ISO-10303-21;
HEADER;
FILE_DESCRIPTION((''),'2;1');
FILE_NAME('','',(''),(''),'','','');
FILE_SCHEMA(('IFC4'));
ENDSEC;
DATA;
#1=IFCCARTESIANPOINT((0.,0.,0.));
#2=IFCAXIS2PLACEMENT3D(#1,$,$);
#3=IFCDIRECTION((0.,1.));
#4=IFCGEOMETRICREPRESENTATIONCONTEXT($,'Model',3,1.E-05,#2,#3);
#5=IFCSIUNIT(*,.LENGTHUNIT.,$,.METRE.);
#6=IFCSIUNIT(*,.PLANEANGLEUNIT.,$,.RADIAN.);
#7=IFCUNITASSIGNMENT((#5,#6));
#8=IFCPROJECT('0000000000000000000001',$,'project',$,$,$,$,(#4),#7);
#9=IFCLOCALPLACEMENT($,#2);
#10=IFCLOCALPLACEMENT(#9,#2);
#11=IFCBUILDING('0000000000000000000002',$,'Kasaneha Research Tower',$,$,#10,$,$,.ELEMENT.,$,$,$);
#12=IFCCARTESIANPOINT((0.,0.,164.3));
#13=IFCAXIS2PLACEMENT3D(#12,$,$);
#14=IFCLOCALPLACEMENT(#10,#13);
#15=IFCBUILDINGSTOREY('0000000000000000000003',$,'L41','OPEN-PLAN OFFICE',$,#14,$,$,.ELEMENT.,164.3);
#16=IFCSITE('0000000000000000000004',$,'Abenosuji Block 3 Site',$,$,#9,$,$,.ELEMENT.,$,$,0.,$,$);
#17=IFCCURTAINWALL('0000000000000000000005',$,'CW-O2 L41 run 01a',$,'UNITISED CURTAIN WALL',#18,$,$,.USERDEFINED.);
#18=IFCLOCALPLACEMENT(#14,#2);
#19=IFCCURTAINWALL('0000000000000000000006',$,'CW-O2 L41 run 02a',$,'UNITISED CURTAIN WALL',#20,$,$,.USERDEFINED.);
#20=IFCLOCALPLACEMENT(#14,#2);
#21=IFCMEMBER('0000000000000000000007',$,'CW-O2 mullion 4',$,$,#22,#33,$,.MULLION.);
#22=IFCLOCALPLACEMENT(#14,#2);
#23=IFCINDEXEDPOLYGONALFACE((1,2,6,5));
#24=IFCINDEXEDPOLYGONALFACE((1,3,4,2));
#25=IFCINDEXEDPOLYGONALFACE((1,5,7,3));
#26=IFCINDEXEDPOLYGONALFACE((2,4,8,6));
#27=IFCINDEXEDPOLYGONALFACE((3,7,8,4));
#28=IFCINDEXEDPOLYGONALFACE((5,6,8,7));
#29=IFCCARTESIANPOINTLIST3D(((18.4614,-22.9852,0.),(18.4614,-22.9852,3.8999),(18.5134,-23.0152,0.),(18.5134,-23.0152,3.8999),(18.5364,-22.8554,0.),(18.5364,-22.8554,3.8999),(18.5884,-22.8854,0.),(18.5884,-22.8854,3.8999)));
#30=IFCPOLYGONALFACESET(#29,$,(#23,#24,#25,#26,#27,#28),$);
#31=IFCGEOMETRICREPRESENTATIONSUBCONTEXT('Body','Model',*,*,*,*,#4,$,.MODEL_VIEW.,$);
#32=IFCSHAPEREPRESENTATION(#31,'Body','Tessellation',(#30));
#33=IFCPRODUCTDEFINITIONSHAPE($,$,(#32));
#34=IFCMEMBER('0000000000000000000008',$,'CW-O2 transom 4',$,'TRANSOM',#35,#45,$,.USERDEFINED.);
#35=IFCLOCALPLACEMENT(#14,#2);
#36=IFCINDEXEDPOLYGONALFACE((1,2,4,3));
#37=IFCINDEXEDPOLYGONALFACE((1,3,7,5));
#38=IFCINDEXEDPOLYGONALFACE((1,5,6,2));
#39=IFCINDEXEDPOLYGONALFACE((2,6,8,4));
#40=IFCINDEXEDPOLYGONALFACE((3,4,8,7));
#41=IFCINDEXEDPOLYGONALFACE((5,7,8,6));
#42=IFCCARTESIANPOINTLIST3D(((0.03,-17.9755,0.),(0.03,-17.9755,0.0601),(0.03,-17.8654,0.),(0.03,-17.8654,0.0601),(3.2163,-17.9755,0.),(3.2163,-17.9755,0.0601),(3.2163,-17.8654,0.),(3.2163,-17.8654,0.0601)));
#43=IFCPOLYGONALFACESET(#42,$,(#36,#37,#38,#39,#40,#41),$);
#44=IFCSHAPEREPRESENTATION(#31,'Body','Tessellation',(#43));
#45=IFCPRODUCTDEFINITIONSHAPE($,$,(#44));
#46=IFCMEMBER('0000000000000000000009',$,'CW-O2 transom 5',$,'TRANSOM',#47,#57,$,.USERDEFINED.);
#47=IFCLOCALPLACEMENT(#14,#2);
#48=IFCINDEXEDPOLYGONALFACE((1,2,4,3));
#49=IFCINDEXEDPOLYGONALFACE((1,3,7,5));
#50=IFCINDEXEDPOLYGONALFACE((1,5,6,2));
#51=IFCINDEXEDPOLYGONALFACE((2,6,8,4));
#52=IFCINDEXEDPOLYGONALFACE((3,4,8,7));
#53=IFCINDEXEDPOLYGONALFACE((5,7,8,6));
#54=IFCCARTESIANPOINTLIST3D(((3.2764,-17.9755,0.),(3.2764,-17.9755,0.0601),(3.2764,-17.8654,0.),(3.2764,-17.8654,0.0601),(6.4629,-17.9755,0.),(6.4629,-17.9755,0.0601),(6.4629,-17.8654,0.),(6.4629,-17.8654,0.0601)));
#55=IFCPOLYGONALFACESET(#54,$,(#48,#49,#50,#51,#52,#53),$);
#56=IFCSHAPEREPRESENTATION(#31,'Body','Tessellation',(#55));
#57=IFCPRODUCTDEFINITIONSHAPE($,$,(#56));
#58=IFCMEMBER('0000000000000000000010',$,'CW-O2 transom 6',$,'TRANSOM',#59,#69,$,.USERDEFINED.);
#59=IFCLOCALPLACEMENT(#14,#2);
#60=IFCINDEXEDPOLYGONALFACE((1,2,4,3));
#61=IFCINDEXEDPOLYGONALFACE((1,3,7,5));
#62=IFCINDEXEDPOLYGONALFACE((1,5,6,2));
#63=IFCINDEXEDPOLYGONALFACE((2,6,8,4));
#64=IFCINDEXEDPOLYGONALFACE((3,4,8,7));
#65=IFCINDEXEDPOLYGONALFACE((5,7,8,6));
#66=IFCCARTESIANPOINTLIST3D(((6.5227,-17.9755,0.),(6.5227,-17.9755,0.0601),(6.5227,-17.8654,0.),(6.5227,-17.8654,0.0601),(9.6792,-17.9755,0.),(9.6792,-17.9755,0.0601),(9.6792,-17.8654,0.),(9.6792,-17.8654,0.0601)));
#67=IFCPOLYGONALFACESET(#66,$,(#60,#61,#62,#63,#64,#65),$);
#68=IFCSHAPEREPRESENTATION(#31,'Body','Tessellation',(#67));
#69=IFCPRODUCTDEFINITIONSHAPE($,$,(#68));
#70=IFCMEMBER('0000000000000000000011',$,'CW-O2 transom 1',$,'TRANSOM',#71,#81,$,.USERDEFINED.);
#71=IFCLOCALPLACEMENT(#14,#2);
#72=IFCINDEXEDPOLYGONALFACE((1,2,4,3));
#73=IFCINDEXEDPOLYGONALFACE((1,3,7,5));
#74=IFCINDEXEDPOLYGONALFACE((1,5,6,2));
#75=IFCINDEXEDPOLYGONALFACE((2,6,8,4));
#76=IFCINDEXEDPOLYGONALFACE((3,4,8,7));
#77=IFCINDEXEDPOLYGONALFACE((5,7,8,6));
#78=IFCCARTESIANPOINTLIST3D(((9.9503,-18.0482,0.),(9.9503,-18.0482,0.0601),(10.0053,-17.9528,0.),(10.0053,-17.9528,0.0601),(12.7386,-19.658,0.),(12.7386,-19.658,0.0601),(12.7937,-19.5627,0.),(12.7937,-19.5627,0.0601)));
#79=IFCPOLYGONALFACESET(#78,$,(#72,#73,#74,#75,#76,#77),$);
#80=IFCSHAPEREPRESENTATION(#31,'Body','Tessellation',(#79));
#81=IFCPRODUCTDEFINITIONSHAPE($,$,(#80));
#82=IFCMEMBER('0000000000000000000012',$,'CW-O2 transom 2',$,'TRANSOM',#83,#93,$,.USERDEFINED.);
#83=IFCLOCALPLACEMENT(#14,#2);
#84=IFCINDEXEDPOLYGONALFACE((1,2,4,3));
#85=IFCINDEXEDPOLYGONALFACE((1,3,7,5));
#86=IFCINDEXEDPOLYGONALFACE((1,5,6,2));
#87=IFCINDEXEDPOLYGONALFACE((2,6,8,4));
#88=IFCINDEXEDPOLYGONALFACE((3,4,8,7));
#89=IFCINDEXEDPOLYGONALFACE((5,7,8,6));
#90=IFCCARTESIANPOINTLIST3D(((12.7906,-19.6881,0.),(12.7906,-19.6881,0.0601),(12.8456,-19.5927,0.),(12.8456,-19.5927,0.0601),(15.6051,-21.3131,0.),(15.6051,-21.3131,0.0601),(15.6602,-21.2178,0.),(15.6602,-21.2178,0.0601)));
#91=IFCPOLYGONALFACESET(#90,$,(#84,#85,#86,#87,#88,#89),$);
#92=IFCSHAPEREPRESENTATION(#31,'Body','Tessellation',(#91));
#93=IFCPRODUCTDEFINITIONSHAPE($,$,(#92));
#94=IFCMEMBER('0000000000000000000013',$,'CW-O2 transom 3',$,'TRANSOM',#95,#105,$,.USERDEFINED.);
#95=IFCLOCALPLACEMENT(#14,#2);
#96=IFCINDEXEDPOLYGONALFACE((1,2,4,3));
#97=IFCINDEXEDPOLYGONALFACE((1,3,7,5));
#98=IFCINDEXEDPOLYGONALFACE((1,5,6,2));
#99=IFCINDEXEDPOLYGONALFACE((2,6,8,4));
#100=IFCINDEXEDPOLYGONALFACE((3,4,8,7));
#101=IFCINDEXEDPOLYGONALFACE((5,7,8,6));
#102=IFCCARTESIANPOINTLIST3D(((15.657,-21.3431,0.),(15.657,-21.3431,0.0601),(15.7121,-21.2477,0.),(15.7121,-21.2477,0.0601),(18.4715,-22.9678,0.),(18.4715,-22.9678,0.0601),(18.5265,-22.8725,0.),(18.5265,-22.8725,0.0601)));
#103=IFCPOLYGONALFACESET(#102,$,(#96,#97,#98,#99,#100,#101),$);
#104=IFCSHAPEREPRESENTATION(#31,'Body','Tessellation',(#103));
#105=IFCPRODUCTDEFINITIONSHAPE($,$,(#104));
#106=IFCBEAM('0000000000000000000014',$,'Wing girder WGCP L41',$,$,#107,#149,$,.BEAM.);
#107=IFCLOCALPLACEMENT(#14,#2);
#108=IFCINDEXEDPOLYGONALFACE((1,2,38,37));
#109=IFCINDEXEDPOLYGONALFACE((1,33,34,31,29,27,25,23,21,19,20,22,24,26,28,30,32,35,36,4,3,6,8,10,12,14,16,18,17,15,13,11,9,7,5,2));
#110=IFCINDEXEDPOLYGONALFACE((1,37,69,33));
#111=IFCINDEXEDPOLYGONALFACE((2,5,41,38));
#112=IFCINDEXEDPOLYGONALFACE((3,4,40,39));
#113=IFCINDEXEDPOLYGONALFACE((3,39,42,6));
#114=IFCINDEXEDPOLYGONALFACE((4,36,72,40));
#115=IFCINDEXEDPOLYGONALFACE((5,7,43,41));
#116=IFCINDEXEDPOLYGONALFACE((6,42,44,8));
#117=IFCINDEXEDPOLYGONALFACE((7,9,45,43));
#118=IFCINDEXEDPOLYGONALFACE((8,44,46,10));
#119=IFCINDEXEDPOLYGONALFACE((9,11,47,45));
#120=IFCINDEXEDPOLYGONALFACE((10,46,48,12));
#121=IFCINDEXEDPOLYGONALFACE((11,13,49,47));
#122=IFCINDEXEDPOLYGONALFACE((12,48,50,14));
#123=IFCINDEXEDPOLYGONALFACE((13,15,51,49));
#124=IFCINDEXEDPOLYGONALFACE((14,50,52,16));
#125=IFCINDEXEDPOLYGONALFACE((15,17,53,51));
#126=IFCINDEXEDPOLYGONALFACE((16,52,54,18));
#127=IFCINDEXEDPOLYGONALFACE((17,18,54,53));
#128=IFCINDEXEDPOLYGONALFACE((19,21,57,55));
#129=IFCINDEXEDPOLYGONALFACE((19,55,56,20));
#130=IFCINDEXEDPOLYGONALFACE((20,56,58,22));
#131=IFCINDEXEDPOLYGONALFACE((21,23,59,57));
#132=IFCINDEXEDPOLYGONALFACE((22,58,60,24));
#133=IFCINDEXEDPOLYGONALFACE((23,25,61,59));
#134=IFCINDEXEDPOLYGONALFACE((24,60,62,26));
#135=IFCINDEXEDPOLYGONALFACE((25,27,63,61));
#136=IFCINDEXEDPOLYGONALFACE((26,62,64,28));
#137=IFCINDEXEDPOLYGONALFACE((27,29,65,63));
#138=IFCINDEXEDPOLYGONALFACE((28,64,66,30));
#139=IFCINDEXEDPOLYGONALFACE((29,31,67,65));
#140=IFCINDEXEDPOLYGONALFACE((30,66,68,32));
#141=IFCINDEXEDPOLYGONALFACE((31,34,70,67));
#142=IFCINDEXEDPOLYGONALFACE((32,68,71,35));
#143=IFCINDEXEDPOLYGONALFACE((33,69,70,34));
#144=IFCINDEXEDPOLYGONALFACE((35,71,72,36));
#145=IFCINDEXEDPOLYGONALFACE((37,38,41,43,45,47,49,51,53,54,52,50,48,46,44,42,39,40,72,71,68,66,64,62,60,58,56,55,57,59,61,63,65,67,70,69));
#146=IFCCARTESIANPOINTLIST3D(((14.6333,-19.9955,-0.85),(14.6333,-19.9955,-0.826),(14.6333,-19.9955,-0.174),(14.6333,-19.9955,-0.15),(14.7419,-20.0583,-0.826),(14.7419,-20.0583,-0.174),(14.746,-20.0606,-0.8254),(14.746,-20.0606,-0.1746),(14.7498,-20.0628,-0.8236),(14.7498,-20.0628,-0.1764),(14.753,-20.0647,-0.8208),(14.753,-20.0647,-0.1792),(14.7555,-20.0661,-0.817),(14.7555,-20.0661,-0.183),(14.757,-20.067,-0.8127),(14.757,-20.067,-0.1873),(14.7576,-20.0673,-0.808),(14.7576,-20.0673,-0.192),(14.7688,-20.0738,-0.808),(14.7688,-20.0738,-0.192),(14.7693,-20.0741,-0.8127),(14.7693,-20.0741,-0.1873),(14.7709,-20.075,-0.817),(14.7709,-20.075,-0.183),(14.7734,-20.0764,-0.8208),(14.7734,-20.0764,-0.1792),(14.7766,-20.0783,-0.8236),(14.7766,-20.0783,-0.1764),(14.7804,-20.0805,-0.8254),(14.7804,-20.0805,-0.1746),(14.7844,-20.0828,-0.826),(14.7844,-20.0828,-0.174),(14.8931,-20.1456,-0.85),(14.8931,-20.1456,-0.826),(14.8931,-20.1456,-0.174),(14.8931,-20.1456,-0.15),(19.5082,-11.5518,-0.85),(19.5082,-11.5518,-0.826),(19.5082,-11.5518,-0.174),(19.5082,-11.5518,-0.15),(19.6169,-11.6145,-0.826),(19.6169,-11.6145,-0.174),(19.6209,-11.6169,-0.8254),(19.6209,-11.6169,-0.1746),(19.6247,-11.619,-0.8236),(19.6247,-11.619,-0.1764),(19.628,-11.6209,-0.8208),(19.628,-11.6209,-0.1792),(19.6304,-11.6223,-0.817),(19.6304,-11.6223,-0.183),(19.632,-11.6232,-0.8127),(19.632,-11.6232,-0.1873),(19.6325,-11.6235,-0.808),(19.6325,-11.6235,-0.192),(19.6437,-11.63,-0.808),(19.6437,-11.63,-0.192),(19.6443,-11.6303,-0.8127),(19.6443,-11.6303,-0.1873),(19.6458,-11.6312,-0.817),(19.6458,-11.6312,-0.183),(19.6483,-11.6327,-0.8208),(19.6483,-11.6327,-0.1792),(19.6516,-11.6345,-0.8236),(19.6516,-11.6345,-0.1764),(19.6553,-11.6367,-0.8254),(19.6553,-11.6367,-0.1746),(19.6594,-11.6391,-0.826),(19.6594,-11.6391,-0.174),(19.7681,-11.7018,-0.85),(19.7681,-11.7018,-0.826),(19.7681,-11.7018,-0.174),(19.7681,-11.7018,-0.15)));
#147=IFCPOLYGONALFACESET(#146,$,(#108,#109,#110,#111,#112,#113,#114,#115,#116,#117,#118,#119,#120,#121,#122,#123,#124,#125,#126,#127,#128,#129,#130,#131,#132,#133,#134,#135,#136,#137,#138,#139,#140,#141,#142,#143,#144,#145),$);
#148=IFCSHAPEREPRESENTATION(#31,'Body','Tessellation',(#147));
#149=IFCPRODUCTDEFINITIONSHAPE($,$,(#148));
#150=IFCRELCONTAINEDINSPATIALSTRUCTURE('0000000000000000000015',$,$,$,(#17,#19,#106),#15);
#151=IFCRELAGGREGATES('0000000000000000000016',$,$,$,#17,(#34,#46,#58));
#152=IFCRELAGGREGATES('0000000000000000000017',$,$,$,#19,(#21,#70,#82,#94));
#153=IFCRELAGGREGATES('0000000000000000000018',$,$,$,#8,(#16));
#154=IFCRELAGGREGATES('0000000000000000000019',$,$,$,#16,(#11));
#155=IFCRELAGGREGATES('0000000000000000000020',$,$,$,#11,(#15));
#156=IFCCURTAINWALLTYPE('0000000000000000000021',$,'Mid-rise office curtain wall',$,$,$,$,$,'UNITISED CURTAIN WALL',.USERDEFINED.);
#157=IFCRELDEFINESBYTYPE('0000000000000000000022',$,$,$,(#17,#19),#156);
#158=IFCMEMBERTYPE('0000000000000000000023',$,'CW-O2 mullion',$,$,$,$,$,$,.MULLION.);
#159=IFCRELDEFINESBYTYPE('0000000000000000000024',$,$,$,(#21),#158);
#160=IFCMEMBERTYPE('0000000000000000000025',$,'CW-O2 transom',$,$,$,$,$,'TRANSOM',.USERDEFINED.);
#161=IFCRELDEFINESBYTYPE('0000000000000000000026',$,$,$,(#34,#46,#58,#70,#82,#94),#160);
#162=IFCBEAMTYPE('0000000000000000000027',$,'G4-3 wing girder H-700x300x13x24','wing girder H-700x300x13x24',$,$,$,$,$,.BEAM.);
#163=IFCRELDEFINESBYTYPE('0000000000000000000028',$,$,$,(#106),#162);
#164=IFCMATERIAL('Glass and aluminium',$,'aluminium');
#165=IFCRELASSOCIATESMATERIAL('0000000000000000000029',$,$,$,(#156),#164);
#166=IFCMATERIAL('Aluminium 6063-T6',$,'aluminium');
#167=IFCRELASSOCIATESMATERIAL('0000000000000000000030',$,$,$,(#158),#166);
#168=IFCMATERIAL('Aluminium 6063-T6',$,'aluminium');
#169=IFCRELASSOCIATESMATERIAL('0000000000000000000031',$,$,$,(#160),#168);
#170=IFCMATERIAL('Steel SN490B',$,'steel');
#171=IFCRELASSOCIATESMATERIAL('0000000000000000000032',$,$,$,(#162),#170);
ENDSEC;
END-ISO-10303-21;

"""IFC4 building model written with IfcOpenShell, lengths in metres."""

from ifc_helpers import new_model, si_unit, direction, frame, origin, origin_2d, place, context, subcontext, project, spatial, rectangle, i_section, extrude, material, material_profile, profile_set, type_object, element, aggregate, save


model = new_model("IFC4")

# Units and contexts
model_context = context("Model", 3, precision=1e-05, world=origin(), true_north=direction((0.0, 1.0)))
body_context = subcontext(model_context, "Body", "Model", "MODEL_VIEW")
ifc_project = project(units=[si_unit("LENGTHUNIT", "METRE"), si_unit("PLANEANGLEUNIT", "RADIAN")], contexts=[model_context])

# Site, building, storey
site_placement = place(None, origin())
site = spatial("IfcSite", under=ifc_project, at=site_placement, Name="Abenosuji Block 3 Site", CompositionType="ELEMENT", RefElevation=0.0)
building_placement = place(site_placement, origin())
building = spatial("IfcBuilding", under=site, at=building_placement, Name="Kasaneha Research Tower", CompositionType="ELEMENT")
storey_placement = place(building_placement, frame((0.0, 0.0, 164.3)))
storey = spatial("IfcBuildingStorey", under=building, at=storey_placement, Name="L41", Description="OPEN-PLAN OFFICE", CompositionType="ELEMENT", Elevation=164.3)

# Curtain walls, member
ifc_material_1 = material(Name="Glass and aluminium", Category="aluminium")
curtain_wall_type = type_object("IfcCurtainWallType", Name="Mid-rise office curtain wall", ElementType="UNITISED CURTAIN WALL", PredefinedType="USERDEFINED", material=ifc_material_1)
curtain_wall_1_placement = place(storey_placement, origin())
curtain_wall_1 = element("IfcCurtainWall", 1, at=curtain_wall_1_placement, inside=storey, type_object=curtain_wall_type, Name="CW-O2 L41 run 01a", ObjectType="UNITISED CURTAIN WALL", PredefinedType="USERDEFINED")
ifc_material_2 = material(Name="Aluminium 6063-T6", Category="aluminium")
ifc_material_profile_1 = material_profile(ifc_material_2, rectangle(XDim=0.0601, YDim=0.1499, at=origin_2d()), Name="CW-O2 mullion 60x150")
ifc_profile_set_1 = profile_set([ifc_material_profile_1], Name="Aluminium 6063-T6")
member_type_1 = type_object("IfcMemberType", Name="CW-O2 mullion", PredefinedType="MULLION", material=ifc_profile_set_1)
curtain_wall_2_placement = place(storey_placement, origin())
curtain_wall_2 = element("IfcCurtainWall", 2, at=curtain_wall_2_placement, inside=storey, type_object=curtain_wall_type, Name="CW-O2 L41 run 02a", ObjectType="UNITISED CURTAIN WALL", PredefinedType="USERDEFINED")
member_1_placement = place(storey_placement, frame((18.5249, -22.9353, 0.0), z_axis=(0.0, 0.0, 1.0), x_axis=(0.866025, -0.5, 0.0)))
member_1 = element("IfcMember", 3, at=member_1_placement, type_object=member_type_1, Name="CW-O2 mullion 4", PredefinedType="MULLION", context=body_context, shape_type="SweptSolid", body=[
    extrude(rectangle(XDim=0.0601, YDim=0.1499, at=origin_2d()), origin(), (0.0, 0.0, 1.0), 3.8999),
])

# Members
ifc_material_3 = material(Name="Aluminium 6063-T6", Category="aluminium")
ifc_material_profile_2 = material_profile(ifc_material_3, rectangle(XDim=0.1101, YDim=0.0601, at=origin_2d()), Name="CW-O2 transom 110x60")
ifc_profile_set_2 = profile_set([ifc_material_profile_2], Name="Aluminium 6063-T6")
member_type_2 = type_object("IfcMemberType", Name="CW-O2 transom", ElementType="TRANSOM", PredefinedType="USERDEFINED", material=ifc_profile_set_2)
member_2_placement = place(storey_placement, frame((0.03, -17.9204, 0.03), z_axis=(1.0, 0.0, 0.0), x_axis=(0.0, 1.0, 0.0)))
member_2 = element("IfcMember", 4, at=member_2_placement, type_object=member_type_2, Name="CW-O2 transom 4", ObjectType="TRANSOM", PredefinedType="USERDEFINED", context=body_context, shape_type="SweptSolid", body=[
    extrude(rectangle(XDim=0.1101, YDim=0.0601, at=origin_2d()), origin(), (0.0, 0.0, 1.0), 3.1863),
])
member_3_placement = place(storey_placement, frame((3.2764, -17.9204, 0.03), z_axis=(1.0, 0.0, 0.0), x_axis=(0.0, 1.0, 0.0)))
member_3 = element("IfcMember", 5, at=member_3_placement, type_object=member_type_2, Name="CW-O2 transom 5", ObjectType="TRANSOM", PredefinedType="USERDEFINED", context=body_context, shape_type="SweptSolid", body=[
    extrude(rectangle(XDim=0.1101, YDim=0.0601, at=origin_2d()), origin(), (0.0, 0.0, 1.0), 3.1865),
])
member_4_placement = place(storey_placement, frame((6.5227, -17.9204, 0.03), z_axis=(1.0, 0.0, 0.0), x_axis=(0.0, 1.0, 0.0)))
member_4 = element("IfcMember", 6, at=member_4_placement, type_object=member_type_2, Name="CW-O2 transom 6", ObjectType="TRANSOM", PredefinedType="USERDEFINED", context=body_context, shape_type="SweptSolid", body=[
    extrude(rectangle(XDim=0.1101, YDim=0.0601, at=origin_2d()), origin(), (0.0, 0.0, 1.0), 3.1565),
])
member_5_placement = place(storey_placement, frame((9.9778, -18.0005, 0.03), z_axis=(0.866023, -0.500005, 0.0), x_axis=(0.500005, 0.866023, 0.0)))
member_5 = element("IfcMember", 7, at=member_5_placement, type_object=member_type_2, Name="CW-O2 transom 1", ObjectType="TRANSOM", PredefinedType="USERDEFINED", context=body_context, shape_type="SweptSolid", body=[
    extrude(rectangle(XDim=0.1101, YDim=0.0601, at=origin_2d()), origin(), (0.0, 0.0, 1.0), 3.2197),
])
member_6_placement = place(storey_placement, frame((12.8181, -19.6404, 0.03), z_axis=(0.866015, -0.500017, 0.0), x_axis=(0.500017, 0.866015, 0.0)))
member_6 = element("IfcMember", 8, at=member_6_placement, type_object=member_type_2, Name="CW-O2 transom 2", ObjectType="TRANSOM", PredefinedType="USERDEFINED", context=body_context, shape_type="SweptSolid", body=[
    extrude(rectangle(XDim=0.1101, YDim=0.0601, at=origin_2d()), origin(), (0.0, 0.0, 1.0), 3.25),
])
member_7_placement = place(storey_placement, frame((15.6846, -21.2954, 0.03), z_axis=(0.866048, -0.499961, 0.0), x_axis=(0.499961, 0.866048, 0.0)))
member_7 = element("IfcMember", 9, at=member_7_placement, type_object=member_type_2, Name="CW-O2 transom 3", ObjectType="TRANSOM", PredefinedType="USERDEFINED", context=body_context, shape_type="SweptSolid", body=[
    extrude(rectangle(XDim=0.1101, YDim=0.0601, at=origin_2d()), origin(), (0.0, 0.0, 1.0), 3.2498),
])

# Beam
ifc_material_4 = material(Name="Steel SN490B", Category="steel")
ifc_material_profile_3 = material_profile(ifc_material_4, i_section(OverallWidth=0.3, OverallDepth=0.7, WebThickness=0.0129, FlangeThickness=0.0239, FilletRadius=0.0181, at=origin_2d()), Name="H-700x300x13x24")
ifc_profile_set_3 = profile_set([ifc_material_profile_3], Name="Steel SN490B")
beam_type_1 = type_object("IfcBeamType", Name="G4-3 wing girder H-700x300x13x24", Description="wing girder H-700x300x13x24", PredefinedType="BEAM", material=ifc_profile_set_3)
beam_1_placement = place(storey_placement, frame((14.7632, -20.0706, -0.5), z_axis=(0.499996, 0.866028, 0.0), x_axis=(-0.866028, 0.499996, 0.0)))
element("IfcBeam", 10, at=beam_1_placement, inside=storey, type_object=beam_type_1, Name="Wing girder WGCP L41", PredefinedType="BEAM", context=body_context, shape_type="SweptSolid", body=[
    extrude(i_section(OverallWidth=0.3, OverallDepth=0.7, WebThickness=0.0129, FlangeThickness=0.0239, FilletRadius=0.0181, at=origin_2d()), origin(), (0.0, 0.0, 1.0), 9.75),
])

aggregate(curtain_wall_1, [member_2, member_3, member_4])
aggregate(curtain_wall_2, [member_1, member_5, member_6, member_7])

save(model, "model.ifc")
